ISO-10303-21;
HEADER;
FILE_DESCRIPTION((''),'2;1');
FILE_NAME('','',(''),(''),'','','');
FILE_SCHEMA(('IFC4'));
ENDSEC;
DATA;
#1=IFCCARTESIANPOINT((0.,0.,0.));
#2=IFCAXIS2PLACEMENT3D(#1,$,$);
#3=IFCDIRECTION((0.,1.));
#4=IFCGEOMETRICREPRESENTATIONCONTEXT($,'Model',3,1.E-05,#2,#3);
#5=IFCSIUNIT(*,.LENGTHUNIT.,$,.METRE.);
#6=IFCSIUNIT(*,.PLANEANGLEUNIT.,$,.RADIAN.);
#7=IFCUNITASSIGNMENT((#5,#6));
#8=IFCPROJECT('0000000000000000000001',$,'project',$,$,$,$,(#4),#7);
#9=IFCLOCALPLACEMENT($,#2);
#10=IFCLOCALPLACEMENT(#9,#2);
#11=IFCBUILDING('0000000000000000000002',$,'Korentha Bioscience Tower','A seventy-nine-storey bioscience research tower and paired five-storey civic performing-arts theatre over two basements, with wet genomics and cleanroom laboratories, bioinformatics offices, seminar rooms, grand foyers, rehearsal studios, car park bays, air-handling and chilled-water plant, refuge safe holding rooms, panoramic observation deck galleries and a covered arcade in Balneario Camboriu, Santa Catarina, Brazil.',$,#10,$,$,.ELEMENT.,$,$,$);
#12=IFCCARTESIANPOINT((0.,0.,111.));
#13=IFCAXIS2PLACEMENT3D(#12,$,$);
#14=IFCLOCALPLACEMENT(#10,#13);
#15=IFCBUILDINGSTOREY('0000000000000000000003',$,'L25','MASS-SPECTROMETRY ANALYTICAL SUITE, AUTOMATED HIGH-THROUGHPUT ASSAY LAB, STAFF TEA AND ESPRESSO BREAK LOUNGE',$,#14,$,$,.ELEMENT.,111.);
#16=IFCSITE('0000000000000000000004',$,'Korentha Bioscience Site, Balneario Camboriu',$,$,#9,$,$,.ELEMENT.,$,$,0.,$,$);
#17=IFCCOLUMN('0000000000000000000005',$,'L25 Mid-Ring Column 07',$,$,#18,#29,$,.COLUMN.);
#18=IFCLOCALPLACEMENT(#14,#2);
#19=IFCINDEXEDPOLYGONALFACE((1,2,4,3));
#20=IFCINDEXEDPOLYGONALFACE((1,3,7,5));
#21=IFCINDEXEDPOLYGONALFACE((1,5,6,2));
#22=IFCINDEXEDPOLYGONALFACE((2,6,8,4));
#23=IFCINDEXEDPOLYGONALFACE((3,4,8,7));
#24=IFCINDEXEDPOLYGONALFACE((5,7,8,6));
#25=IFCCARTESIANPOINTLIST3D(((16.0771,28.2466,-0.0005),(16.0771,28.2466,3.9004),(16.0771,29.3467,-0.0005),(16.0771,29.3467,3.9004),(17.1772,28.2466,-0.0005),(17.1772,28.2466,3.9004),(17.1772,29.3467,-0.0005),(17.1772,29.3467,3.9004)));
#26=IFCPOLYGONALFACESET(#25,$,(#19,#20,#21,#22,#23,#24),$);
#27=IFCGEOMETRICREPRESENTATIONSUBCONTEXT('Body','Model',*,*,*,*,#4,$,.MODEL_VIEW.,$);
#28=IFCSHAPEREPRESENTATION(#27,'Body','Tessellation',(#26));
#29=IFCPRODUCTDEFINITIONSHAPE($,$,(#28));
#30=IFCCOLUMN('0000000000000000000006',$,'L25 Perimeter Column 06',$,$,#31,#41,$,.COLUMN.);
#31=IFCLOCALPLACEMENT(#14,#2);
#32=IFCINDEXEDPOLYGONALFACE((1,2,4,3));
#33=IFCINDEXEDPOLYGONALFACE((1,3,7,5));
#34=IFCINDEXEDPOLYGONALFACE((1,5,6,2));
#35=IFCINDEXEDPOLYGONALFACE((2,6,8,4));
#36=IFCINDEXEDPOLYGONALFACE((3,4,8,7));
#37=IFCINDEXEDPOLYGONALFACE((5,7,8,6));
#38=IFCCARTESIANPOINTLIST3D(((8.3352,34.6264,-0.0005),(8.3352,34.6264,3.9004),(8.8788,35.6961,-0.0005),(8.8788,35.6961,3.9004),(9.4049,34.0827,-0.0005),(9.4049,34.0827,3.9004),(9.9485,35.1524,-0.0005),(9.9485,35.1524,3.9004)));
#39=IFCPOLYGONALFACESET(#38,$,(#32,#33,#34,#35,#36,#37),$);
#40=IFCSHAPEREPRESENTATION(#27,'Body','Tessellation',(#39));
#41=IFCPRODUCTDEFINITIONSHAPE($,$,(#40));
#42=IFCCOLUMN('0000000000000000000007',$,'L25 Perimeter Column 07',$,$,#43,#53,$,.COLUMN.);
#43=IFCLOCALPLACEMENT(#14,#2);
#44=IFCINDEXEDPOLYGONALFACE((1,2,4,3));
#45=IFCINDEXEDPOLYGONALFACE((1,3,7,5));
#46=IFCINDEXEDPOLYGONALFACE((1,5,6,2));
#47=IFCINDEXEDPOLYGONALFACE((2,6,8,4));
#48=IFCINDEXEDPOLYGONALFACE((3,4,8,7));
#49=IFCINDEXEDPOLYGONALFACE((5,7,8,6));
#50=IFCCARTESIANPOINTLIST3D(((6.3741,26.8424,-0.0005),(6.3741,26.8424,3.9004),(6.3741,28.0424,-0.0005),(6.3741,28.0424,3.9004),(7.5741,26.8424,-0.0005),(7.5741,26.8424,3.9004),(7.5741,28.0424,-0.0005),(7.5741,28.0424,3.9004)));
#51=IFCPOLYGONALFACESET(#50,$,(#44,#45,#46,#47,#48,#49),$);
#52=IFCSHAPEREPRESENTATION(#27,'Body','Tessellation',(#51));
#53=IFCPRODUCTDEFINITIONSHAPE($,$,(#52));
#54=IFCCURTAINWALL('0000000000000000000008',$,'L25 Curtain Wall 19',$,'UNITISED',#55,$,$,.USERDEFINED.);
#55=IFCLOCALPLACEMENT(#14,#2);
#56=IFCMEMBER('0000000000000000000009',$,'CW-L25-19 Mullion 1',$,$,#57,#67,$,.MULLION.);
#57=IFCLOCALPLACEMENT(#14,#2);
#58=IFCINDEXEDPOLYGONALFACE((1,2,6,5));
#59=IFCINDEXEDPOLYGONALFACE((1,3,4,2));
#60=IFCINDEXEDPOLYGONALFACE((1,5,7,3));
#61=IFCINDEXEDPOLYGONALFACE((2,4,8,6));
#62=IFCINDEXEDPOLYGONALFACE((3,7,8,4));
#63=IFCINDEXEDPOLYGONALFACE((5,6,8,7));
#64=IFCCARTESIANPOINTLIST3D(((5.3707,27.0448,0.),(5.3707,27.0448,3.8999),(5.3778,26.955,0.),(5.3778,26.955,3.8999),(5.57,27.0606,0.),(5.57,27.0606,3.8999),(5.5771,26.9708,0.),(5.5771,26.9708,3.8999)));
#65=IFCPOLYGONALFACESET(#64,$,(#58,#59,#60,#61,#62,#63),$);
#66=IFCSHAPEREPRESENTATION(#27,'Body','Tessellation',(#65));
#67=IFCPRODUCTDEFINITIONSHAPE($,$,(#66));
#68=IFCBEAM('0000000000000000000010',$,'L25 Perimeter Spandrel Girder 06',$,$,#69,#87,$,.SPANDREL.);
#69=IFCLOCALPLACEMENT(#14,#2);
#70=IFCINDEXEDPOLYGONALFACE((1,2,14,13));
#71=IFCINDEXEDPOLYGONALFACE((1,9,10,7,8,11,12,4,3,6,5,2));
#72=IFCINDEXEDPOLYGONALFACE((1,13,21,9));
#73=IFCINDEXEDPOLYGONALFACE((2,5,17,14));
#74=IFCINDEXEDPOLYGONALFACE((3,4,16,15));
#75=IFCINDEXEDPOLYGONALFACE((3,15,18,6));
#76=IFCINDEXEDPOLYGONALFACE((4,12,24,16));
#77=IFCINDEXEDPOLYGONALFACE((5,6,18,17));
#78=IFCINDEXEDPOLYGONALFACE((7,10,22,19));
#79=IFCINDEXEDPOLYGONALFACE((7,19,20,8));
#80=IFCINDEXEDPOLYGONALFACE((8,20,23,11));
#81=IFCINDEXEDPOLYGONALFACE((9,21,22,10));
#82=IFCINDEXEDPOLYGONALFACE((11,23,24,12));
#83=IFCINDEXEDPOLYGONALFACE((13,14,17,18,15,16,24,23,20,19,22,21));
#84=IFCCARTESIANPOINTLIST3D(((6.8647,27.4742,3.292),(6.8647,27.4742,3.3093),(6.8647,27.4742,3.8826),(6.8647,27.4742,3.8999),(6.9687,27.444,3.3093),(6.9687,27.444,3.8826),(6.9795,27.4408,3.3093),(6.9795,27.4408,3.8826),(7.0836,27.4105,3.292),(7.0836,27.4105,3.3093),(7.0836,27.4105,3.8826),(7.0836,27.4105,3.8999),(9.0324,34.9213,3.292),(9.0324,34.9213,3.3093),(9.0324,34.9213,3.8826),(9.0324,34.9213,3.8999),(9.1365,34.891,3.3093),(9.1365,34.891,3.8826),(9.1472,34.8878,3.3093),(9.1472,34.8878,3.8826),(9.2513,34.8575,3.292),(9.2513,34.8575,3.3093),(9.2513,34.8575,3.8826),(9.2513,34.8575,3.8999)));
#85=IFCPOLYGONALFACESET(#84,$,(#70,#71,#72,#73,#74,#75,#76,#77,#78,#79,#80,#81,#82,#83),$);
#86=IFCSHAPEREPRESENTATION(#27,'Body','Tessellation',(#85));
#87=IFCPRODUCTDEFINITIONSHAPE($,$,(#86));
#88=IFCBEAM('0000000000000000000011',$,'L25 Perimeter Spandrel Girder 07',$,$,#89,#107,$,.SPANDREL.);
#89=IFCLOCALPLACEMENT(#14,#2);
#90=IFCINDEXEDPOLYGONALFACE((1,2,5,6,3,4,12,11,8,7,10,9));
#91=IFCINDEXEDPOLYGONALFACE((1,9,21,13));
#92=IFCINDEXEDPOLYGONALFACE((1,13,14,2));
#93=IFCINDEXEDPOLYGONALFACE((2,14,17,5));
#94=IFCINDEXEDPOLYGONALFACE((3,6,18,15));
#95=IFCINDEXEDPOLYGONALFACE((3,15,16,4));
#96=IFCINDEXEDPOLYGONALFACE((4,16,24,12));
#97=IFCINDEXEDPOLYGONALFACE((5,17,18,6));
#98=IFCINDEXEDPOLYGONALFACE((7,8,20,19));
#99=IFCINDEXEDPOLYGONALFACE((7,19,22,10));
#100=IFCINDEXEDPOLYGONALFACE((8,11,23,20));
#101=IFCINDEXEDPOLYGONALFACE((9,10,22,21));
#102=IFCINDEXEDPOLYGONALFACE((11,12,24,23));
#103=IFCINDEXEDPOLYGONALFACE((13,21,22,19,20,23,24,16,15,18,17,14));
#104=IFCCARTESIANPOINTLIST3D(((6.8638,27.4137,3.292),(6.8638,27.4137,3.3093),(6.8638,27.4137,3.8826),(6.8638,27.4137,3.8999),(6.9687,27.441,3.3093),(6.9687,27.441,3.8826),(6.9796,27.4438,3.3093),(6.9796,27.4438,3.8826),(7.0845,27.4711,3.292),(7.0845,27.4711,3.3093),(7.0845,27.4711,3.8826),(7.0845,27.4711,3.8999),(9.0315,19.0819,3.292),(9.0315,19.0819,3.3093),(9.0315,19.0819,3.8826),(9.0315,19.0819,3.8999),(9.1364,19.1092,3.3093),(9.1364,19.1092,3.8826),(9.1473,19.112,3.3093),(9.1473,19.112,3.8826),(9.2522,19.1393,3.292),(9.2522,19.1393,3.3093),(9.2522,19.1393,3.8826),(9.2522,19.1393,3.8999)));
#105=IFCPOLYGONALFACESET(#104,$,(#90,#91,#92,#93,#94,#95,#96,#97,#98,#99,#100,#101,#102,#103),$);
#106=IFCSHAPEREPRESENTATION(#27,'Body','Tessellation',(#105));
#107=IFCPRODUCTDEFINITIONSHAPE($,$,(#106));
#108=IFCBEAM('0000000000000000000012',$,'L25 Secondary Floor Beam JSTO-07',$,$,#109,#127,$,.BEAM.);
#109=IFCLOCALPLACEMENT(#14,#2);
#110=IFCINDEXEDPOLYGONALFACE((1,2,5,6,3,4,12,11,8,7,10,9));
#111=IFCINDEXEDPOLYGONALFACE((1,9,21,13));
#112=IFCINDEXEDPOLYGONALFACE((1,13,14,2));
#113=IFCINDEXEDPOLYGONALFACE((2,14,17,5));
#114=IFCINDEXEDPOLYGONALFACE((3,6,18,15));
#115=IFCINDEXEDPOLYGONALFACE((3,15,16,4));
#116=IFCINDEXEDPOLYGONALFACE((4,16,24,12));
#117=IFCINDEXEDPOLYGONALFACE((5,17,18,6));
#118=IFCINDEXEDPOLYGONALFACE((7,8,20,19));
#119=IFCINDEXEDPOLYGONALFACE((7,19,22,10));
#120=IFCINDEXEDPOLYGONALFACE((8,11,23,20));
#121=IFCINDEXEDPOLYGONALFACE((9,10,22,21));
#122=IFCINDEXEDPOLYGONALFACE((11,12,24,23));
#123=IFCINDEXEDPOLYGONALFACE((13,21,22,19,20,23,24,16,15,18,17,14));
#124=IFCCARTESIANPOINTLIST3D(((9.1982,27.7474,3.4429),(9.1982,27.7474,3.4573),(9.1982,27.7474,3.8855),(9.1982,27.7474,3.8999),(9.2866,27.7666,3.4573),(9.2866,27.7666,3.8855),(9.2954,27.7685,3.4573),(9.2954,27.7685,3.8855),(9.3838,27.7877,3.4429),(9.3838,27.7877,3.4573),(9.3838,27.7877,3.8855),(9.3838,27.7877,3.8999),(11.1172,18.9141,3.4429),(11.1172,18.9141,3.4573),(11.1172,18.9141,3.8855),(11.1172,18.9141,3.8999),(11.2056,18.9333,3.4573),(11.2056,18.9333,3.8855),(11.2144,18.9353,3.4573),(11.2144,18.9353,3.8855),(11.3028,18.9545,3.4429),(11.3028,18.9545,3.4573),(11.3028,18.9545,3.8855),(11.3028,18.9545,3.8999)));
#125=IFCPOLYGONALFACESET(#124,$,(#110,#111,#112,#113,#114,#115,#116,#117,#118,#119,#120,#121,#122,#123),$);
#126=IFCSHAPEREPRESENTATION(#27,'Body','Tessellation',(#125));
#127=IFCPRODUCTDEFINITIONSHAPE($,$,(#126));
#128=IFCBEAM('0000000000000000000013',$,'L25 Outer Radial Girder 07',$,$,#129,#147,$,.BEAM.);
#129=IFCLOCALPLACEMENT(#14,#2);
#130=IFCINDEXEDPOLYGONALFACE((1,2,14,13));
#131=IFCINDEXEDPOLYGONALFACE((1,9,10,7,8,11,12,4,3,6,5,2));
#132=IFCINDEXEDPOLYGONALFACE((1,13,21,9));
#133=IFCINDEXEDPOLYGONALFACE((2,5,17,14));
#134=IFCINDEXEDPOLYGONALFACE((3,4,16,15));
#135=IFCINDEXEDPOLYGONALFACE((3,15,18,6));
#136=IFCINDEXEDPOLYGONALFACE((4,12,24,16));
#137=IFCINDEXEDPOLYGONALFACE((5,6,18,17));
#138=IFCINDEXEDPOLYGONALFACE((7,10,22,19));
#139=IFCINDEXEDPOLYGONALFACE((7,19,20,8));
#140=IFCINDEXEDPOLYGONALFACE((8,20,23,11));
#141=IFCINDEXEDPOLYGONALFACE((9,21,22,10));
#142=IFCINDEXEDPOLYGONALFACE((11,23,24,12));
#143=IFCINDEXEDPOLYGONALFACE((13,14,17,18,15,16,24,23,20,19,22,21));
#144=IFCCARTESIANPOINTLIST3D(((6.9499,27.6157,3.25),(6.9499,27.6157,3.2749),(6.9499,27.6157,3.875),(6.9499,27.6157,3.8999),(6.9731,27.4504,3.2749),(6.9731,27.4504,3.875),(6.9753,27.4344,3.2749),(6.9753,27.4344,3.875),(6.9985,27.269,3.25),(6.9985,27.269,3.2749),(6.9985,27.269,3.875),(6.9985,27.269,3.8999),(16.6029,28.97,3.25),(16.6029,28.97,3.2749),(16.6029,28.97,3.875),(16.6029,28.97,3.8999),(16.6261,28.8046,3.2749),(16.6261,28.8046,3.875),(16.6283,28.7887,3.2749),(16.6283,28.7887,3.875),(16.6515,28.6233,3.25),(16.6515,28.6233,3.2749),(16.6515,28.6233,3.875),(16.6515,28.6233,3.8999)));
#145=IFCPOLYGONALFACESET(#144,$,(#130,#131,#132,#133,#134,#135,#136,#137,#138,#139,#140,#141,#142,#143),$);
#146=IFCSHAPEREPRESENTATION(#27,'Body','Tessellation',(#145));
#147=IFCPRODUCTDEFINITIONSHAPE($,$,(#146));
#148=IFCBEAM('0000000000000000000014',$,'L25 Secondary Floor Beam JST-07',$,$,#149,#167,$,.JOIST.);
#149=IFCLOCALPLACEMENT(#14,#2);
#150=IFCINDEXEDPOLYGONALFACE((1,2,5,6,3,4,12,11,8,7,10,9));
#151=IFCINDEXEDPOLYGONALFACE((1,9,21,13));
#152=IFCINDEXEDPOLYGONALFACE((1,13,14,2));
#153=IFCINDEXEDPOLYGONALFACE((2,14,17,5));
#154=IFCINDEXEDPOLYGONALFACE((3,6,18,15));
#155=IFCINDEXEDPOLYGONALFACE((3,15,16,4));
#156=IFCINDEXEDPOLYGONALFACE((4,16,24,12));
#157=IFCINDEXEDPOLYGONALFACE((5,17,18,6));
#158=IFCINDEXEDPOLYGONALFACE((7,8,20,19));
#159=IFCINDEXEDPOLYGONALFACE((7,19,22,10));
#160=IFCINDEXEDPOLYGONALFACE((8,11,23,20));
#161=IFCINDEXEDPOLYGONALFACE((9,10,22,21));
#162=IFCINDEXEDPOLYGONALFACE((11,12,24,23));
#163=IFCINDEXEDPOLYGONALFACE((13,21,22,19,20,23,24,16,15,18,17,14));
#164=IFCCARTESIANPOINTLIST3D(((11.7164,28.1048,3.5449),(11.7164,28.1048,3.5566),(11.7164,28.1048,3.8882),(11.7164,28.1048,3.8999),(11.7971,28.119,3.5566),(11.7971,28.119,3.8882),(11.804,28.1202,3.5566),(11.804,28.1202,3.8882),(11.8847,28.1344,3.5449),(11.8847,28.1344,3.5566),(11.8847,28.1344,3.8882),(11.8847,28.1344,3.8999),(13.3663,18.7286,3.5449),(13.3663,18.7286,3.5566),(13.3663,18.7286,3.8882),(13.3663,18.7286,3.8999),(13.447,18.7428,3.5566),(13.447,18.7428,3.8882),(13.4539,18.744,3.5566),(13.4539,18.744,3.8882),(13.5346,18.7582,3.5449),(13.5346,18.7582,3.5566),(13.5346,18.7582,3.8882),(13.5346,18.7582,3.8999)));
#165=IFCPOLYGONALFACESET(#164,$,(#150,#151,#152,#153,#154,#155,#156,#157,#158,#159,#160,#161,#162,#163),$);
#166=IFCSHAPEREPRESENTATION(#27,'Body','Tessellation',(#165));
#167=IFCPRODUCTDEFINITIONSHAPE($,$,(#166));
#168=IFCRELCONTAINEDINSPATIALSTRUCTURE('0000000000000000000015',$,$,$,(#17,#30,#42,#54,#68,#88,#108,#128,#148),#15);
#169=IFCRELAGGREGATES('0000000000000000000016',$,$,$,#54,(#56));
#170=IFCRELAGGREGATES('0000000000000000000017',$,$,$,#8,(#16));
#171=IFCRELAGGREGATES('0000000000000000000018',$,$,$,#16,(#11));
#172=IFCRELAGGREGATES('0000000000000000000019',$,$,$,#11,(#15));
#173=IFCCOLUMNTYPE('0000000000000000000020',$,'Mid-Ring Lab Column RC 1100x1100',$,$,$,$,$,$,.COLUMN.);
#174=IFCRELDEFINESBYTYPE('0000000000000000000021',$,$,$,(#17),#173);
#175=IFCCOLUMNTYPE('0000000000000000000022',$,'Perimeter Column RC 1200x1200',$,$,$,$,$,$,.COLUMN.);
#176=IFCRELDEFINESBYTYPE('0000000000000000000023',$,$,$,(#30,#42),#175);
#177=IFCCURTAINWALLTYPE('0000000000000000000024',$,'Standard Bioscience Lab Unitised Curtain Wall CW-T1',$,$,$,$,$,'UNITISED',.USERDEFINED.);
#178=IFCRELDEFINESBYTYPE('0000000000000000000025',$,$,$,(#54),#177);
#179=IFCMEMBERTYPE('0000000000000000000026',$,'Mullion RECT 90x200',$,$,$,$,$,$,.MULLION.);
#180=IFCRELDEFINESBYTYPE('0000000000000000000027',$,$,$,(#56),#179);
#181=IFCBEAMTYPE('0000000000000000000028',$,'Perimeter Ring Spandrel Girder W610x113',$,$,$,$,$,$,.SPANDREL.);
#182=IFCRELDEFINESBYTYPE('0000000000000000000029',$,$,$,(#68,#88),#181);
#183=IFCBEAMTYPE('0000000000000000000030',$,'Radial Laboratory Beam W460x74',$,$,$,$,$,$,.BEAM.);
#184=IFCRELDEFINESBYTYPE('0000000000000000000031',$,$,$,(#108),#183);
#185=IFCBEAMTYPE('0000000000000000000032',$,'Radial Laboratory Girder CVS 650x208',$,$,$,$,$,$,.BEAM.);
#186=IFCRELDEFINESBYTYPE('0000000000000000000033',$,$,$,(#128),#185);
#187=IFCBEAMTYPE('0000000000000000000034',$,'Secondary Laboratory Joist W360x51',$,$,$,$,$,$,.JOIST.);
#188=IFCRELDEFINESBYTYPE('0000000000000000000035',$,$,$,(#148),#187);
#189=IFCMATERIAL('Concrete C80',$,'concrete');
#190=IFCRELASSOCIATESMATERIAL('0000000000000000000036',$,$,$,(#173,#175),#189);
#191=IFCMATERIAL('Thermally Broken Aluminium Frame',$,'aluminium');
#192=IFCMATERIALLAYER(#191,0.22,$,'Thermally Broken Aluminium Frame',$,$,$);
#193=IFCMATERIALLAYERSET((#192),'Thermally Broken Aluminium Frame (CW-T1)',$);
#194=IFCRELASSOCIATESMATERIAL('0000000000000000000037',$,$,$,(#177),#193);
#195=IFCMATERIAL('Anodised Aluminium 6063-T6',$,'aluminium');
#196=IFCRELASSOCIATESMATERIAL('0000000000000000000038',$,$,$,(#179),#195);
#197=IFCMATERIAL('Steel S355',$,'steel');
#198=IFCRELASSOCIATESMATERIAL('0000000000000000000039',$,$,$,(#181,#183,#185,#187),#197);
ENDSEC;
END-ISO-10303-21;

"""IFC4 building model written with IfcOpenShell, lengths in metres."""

from ifc_helpers import new_model, si_unit, direction, frame, origin, origin_2d, place, context, subcontext, project, spatial, rectangle, i_section, extrude, material, layer, layer_set, material_profile, profile_set, type_object, element, aggregate, save


model = new_model("IFC4")

# Units and contexts
model_context = context("Model", 3, precision=1e-05, world=origin(), true_north=direction((0.0, 1.0)))
body_context = subcontext(model_context, "Body", "Model", "MODEL_VIEW")
ifc_project = project(units=[si_unit("LENGTHUNIT", "METRE"), si_unit("PLANEANGLEUNIT", "RADIAN")], contexts=[model_context])

# Site, building, storey
site_placement = place(None, origin())
site = spatial("IfcSite", under=ifc_project, at=site_placement, Name="Korentha Bioscience Site, Balneario Camboriu", CompositionType="ELEMENT", RefElevation=0.0)
building_placement = place(site_placement, origin())
building = spatial("IfcBuilding", under=site, at=building_placement, Name="Korentha Bioscience Tower", Description="A seventy-nine-storey bioscience research tower and paired five-storey civic performing-arts theatre over two basements, with wet genomics and cleanroom laboratories, bioinformatics offices, seminar rooms, grand foyers, rehearsal studios, car park bays, air-handling and chilled-water plant, refuge safe holding rooms, panoramic observation deck galleries and a covered arcade in Balneario Camboriu, Santa Catarina, Brazil.", CompositionType="ELEMENT")
storey_placement = place(building_placement, frame((0.0, 0.0, 111.0)))
storey = spatial("IfcBuildingStorey", under=building, at=storey_placement, Name="L25", Description="MASS-SPECTROMETRY ANALYTICAL SUITE, AUTOMATED HIGH-THROUGHPUT ASSAY LAB, STAFF TEA AND ESPRESSO BREAK LOUNGE", CompositionType="ELEMENT", Elevation=111.0)

# Columns
ifc_material_1 = material(Name="Concrete C80", Category="concrete")
ifc_material_profile_1 = material_profile(ifc_material_1, rectangle(XDim=1.1001, YDim=1.1001, at=origin_2d()), Name="Concrete C80")
ifc_profile_set_1 = profile_set([ifc_material_profile_1], Name="Concrete C80 (COL-MR11)")
column_type_1 = type_object("IfcColumnType", Name="Mid-Ring Lab Column RC 1100x1100", PredefinedType="COLUMN", material=ifc_profile_set_1)
column_placement = place(storey_placement, frame((16.6272, 28.7966, -0.0005), z_axis=(0.0, 0.0, 1.0), x_axis=(1.0, 0.0, 0.0)))
element("IfcColumn", 1, at=column_placement, inside=storey, type_object=column_type_1, Name="L25 Mid-Ring Column 07", PredefinedType="COLUMN", context=body_context, shape_type="SweptSolid", body=[
    extrude(rectangle(XDim=1.1001, YDim=1.1001, at=origin_2d()), origin(), (0.0, 0.0, 1.0), 3.9009),
])
ifc_material_profile_2 = material_profile(ifc_material_1, rectangle(XDim=1.2, YDim=1.2, at=origin_2d()), Name="Concrete C80")
ifc_profile_set_2 = profile_set([ifc_material_profile_2], Name="Concrete C80 (COL-P12)")
column_type_2 = type_object("IfcColumnType", Name="Perimeter Column RC 1200x1200", PredefinedType="COLUMN", material=ifc_profile_set_2)
for number, where, z_axis, x_axis, name in (
    (2, (9.1418, 34.8894, -0.0005), (0.0, 0.0, 1.0), (0.453057, 0.891481, 0.0), "L25 Perimeter Column 06"),
    (3, (6.9741, 27.4424, -0.0005), (0.0, 0.0, 1.0), (0.0, 1.0, 0.0), "L25 Perimeter Column 07"),
):
    element("IfcColumn", number, at=place(storey_placement, frame(where, z_axis=z_axis, x_axis=x_axis)), inside=storey, type_object=column_type_2, Name=name, PredefinedType="COLUMN", context=body_context, shape_type="SweptSolid", body=[
        extrude(rectangle(XDim=1.2, YDim=1.2, at=origin_2d()), origin(), (0.0, 0.0, 1.0), 3.9009),
    ])

# Curtain wall, member
ifc_material_2 = material(Name="Thermally Broken Aluminium Frame", Category="aluminium")
ifc_layer_1 = layer(ifc_material_2, 0.22, Name="Thermally Broken Aluminium Frame")
ifc_layer_set_1 = layer_set([ifc_layer_1], Name="Thermally Broken Aluminium Frame (CW-T1)")
curtain_wall_type = type_object("IfcCurtainWallType", Name="Standard Bioscience Lab Unitised Curtain Wall CW-T1", ElementType="UNITISED", PredefinedType="USERDEFINED", material=ifc_layer_set_1)
curtain_wall_placement = place(storey_placement, origin())
curtain_wall = element("IfcCurtainWall", 4, at=curtain_wall_placement, inside=storey, type_object=curtain_wall_type, Name="L25 Curtain Wall 19", ObjectType="UNITISED", PredefinedType="USERDEFINED")
ifc_material_3 = material(Name="Anodised Aluminium 6063-T6", Category="aluminium")
ifc_material_profile_3 = material_profile(ifc_material_3, rectangle(XDim=0.0901, YDim=0.2, at=origin_2d()), Name="Anodised Aluminium 6063-T6")
ifc_profile_set_3 = profile_set([ifc_material_profile_3], Name="Anodised Aluminium 6063-T6 (CW-MUL)")
member_type_1 = type_object("IfcMemberType", Name="Mullion RECT 90x200", PredefinedType="MULLION", material=ifc_profile_set_3)
member_1_placement = place(storey_placement, frame((5.4739, 27.0078, 0.0), z_axis=(0.0, 0.0, 1.0), x_axis=(0.07913, -0.996864, 0.0)))
member_1 = element("IfcMember", 5, at=member_1_placement, type_object=member_type_1, Name="CW-L25-19 Mullion 1", PredefinedType="MULLION", context=body_context, shape_type="SweptSolid", body=[
    extrude(rectangle(XDim=0.0901, YDim=0.2, at=origin_2d()), origin(), (0.0, 0.0, 1.0), 3.8999),
])

# Beams
ifc_material_4 = material(Name="Steel S355", Category="steel")
ifc_material_profile_4 = material_profile(ifc_material_4, i_section(OverallWidth=0.228, OverallDepth=0.6079, WebThickness=0.0112, FlangeThickness=0.0173, at=origin_2d()), Name="Steel S355")
ifc_profile_set_4 = profile_set([ifc_material_profile_4], Name="Steel S355 (SB-610)")
beam_type_1 = type_object("IfcBeamType", Name="Perimeter Ring Spandrel Girder W610x113", PredefinedType="SPANDREL", material=ifc_profile_set_4)
beam_1_placement = place(storey_placement, frame((9.1418, 34.8894, 3.5959), z_axis=(-0.279486, -0.96015, 0.0), x_axis=(0.96015, -0.279486, 0.0)))
element("IfcBeam", 6, at=beam_1_placement, inside=storey, type_object=beam_type_1, Name="L25 Perimeter Spandrel Girder 06", PredefinedType="SPANDREL", context=body_context, shape_type="SweptSolid", body=[
    extrude(i_section(OverallWidth=0.228, OverallDepth=0.6079, WebThickness=0.0112, FlangeThickness=0.0173, at=origin_2d()), origin(), (0.0, 0.0, 1.0), 7.7561),
])
beam_2_placement = place(storey_placement, frame((6.9741, 27.4424, 3.5959), z_axis=(0.251793, -0.967781, 0.0), x_axis=(0.967781, 0.251793, 0.0)))
element("IfcBeam", 7, at=beam_2_placement, inside=storey, type_object=beam_type_1, Name="L25 Perimeter Spandrel Girder 07", PredefinedType="SPANDREL", context=body_context, shape_type="SweptSolid", body=[
    extrude(i_section(OverallWidth=0.228, OverallDepth=0.6079, WebThickness=0.0112, FlangeThickness=0.0173, at=origin_2d()), origin(), (0.0, 0.0, 1.0), 8.6091),
])
ifc_material_profile_5 = material_profile(ifc_material_4, i_section(OverallWidth=0.1899, OverallDepth=0.457, WebThickness=0.009, FlangeThickness=0.0144, at=origin_2d()), Name="Steel S355")
ifc_profile_set_5 = profile_set([ifc_material_profile_5], Name="Steel S355 (RB-460)")
beam_type_2 = type_object("IfcBeamType", Name="Radial Laboratory Beam W460x74", PredefinedType="BEAM", material=ifc_profile_set_5)
beam_3_placement = place(storey_placement, frame((9.291, 27.7676, 3.6714), z_axis=(0.212289, -0.977207, 0.0), x_axis=(0.977207, 0.212289, 0.0)))
element("IfcBeam", 8, at=beam_3_placement, inside=storey, type_object=beam_type_2, Name="L25 Secondary Floor Beam JSTO-07", PredefinedType="BEAM", context=body_context, shape_type="SweptSolid", body=[
    extrude(i_section(OverallWidth=0.1899, OverallDepth=0.457, WebThickness=0.009, FlangeThickness=0.0144, at=origin_2d()), origin(), (0.0, 0.0, 1.0), 9.0393),
])
ifc_material_profile_6 = material_profile(ifc_material_4, i_section(OverallWidth=0.3501, OverallDepth=0.6499, WebThickness=0.0161, FlangeThickness=0.0249, at=origin_2d()), Name="Steel S355")
ifc_profile_set_6 = profile_set([ifc_material_profile_6], Name="Steel S355 (RB-650)")
beam_type_3 = type_object("IfcBeamType", Name="Radial Laboratory Girder CVS 650x208", PredefinedType="BEAM", material=ifc_profile_set_6)
beam_4_placement = place(storey_placement, frame((16.6272, 28.7966, 3.575), z_axis=(-0.990302, -0.138931, 0.0), x_axis=(0.138931, -0.990302, 0.0)))
element("IfcBeam", 9, at=beam_4_placement, inside=storey, type_object=beam_type_3, Name="L25 Outer Radial Girder 07", PredefinedType="BEAM", context=body_context, shape_type="SweptSolid", body=[
    extrude(i_section(OverallWidth=0.3501, OverallDepth=0.6499, WebThickness=0.0161, FlangeThickness=0.0249, at=origin_2d()), origin(), (0.0, 0.0, 1.0), 9.7476),
])
ifc_material_profile_7 = material_profile(ifc_material_4, i_section(OverallWidth=0.1709, OverallDepth=0.355, WebThickness=0.0071, FlangeThickness=0.0117, at=origin_2d()), Name="Steel S355")
ifc_profile_set_7 = profile_set([ifc_material_profile_7], Name="Steel S355 (JB-360)")
beam_type_4 = type_object("IfcBeamType", Name="Secondary Laboratory Joist W360x51", PredefinedType="JOIST", material=ifc_profile_set_7)
beam_5_placement = place(storey_placement, frame((11.8005, 28.1196, 3.7224), z_axis=(0.173304, -0.984868, 0.0), x_axis=(0.984868, 0.173304, 0.0)))
element("IfcBeam", 10, at=beam_5_placement, inside=storey, type_object=beam_type_4, Name="L25 Secondary Floor Beam JST-07", PredefinedType="JOIST", context=body_context, shape_type="SweptSolid", body=[
    extrude(i_section(OverallWidth=0.1709, OverallDepth=0.355, WebThickness=0.0071, FlangeThickness=0.0117, at=origin_2d()), origin(), (0.0, 0.0, 1.0), 9.5203),
])

aggregate(curtain_wall, [member_1])

save(model, "model.ifc")
